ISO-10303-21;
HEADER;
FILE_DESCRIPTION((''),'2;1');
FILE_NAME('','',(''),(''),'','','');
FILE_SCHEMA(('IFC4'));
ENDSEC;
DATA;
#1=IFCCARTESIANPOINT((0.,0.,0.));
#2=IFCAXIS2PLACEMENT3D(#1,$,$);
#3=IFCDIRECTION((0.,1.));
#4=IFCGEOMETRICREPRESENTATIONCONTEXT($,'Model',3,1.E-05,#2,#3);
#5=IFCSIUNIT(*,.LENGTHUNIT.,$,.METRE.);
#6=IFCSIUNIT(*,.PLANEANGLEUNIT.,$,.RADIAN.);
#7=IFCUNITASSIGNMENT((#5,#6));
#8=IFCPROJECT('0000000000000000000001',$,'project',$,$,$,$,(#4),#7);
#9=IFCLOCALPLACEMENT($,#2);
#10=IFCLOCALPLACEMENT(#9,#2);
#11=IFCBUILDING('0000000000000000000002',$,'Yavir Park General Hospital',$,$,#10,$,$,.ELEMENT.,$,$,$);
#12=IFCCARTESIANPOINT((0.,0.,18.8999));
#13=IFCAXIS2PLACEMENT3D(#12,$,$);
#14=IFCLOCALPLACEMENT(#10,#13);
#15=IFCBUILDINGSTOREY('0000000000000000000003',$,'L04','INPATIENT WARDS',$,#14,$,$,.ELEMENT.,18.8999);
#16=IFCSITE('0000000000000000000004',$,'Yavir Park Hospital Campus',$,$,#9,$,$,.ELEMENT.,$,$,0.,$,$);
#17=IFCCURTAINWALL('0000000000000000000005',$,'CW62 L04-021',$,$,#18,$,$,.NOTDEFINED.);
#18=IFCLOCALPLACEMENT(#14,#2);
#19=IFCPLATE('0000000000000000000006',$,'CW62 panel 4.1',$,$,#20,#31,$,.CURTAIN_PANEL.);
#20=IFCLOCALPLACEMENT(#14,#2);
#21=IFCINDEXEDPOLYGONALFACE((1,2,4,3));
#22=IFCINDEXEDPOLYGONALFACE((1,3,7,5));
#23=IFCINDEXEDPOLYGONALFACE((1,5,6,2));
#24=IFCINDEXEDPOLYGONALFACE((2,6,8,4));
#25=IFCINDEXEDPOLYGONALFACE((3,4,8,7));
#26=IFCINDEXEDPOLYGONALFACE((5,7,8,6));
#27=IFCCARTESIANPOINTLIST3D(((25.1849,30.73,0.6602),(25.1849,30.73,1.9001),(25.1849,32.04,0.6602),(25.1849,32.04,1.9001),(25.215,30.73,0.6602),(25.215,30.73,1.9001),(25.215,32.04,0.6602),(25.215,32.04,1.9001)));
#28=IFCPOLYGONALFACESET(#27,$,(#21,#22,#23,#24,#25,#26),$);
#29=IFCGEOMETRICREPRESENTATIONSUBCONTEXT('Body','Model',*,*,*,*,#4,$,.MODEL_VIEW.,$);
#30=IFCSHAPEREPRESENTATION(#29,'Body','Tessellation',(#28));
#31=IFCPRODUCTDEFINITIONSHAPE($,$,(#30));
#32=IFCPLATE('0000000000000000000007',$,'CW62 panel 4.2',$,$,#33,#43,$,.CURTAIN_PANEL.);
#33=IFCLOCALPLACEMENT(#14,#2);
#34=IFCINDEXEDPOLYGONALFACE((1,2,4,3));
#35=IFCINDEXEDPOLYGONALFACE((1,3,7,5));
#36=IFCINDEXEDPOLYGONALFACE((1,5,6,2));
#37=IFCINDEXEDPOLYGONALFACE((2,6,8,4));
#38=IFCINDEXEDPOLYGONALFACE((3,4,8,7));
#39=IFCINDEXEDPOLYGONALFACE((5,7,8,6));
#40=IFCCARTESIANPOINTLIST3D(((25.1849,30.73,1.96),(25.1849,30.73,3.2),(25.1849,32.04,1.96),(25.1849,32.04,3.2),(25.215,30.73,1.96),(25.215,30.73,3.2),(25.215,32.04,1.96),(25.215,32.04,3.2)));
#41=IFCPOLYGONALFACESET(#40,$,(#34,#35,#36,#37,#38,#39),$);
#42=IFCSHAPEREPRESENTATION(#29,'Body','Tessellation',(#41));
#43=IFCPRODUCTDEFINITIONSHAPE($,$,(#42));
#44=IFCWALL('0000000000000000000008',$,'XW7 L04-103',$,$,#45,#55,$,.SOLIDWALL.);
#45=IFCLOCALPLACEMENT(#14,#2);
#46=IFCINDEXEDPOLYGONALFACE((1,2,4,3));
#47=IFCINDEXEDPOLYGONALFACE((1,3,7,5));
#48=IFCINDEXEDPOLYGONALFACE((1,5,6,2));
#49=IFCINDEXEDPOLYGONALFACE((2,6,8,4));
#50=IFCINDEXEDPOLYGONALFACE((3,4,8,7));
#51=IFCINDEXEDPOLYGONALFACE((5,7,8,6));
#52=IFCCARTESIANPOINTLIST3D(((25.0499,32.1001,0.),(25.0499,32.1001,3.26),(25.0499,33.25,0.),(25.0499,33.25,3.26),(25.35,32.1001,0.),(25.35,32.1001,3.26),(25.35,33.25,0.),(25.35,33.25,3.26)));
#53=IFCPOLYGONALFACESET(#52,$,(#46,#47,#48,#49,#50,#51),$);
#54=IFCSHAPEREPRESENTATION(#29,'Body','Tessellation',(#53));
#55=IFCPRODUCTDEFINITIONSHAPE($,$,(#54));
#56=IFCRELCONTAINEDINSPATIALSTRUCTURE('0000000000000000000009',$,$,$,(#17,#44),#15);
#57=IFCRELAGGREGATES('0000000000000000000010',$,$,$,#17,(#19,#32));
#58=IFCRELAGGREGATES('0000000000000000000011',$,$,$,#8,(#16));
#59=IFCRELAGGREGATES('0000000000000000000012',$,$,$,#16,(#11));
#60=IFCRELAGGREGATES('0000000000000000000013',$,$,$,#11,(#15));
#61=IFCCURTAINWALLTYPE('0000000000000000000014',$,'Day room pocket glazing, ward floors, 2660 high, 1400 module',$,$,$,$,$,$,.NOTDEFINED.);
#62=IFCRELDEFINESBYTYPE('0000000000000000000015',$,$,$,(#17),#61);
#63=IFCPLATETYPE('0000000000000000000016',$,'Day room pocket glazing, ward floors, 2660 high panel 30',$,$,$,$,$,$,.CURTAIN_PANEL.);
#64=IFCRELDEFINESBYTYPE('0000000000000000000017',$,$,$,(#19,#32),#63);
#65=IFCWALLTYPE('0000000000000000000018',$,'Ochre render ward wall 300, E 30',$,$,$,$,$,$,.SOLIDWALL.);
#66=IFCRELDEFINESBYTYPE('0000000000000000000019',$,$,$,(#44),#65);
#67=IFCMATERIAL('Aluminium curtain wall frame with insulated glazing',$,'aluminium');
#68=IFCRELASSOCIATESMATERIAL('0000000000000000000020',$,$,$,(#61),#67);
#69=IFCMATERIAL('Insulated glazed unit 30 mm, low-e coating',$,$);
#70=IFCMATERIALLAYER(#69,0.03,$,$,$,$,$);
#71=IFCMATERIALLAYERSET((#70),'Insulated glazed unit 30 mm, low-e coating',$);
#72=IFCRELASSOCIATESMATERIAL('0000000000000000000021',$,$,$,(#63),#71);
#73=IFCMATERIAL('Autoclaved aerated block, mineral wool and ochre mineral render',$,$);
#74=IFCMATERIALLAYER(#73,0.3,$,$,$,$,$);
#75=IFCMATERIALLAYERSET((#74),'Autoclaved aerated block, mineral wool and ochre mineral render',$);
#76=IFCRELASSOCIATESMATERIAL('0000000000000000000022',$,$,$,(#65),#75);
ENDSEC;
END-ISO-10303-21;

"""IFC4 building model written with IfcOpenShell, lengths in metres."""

from ifc_helpers import new_model, si_unit, direction, frame, frame_2d, origin, origin_2d, place, context, subcontext, project, spatial, rectangle, extrude, material, layer, layer_set, type_object, element, aggregate, save


model = new_model("IFC4")

# Units and contexts
model_context = context("Model", 3, precision=1e-05, world=origin(), true_north=direction((0.0, 1.0)))
body_context = subcontext(model_context, "Body", "Model", "MODEL_VIEW")
ifc_project = project(units=[si_unit("LENGTHUNIT", "METRE"), si_unit("PLANEANGLEUNIT", "RADIAN")], contexts=[model_context])

# Site, building, storey
site_placement = place(None, origin())
site = spatial("IfcSite", under=ifc_project, at=site_placement, Name="Yavir Park Hospital Campus", CompositionType="ELEMENT", RefElevation=0.0)
building_placement = place(site_placement, origin())
building = spatial("IfcBuilding", under=site, at=building_placement, Name="Yavir Park General Hospital", CompositionType="ELEMENT")
storey_placement = place(building_placement, frame((0.0, 0.0, 18.8999)))
storey = spatial("IfcBuildingStorey", under=building, at=storey_placement, Name="L04", Description="INPATIENT WARDS", CompositionType="ELEMENT", Elevation=18.8999)

# Curtain wall, plates
ifc_material_1 = material(Name="Aluminium curtain wall frame with insulated glazing", Category="aluminium")
curtain_wall_type = type_object("IfcCurtainWallType", Name="Day room pocket glazing, ward floors, 2660 high, 1400 module", PredefinedType="NOTDEFINED", material=ifc_material_1)
curtain_wall_placement = place(storey_placement, origin())
curtain_wall = element("IfcCurtainWall", 1, at=curtain_wall_placement, inside=storey, type_object=curtain_wall_type, Name="CW62 L04-021", PredefinedType="NOTDEFINED")
ifc_material_2 = material(Name="Insulated glazed unit 30 mm, low-e coating")
ifc_layer_1 = layer(ifc_material_2, 0.03)
ifc_layer_set_1 = layer_set([ifc_layer_1], Name="Insulated glazed unit 30 mm, low-e coating")
plate_type = type_object("IfcPlateType", Name="Day room pocket glazing, ward floors, 2660 high panel 30", PredefinedType="CURTAIN_PANEL", material=ifc_layer_set_1)
plate_1_placement = place(storey_placement, frame((25.2, 31.385, 0.6602), z_axis=(0.0, 0.0, 1.0), x_axis=(0.0, 1.0, 0.0)))
plate_1 = element("IfcPlate", 2, at=plate_1_placement, type_object=plate_type, Name="CW62 panel 4.1", PredefinedType="CURTAIN_PANEL", context=body_context, shape_type="SweptSolid", body=[
    extrude(rectangle(XDim=1.3101, YDim=0.03, at=origin_2d()), origin(), (0.0, 0.0, 1.0), 1.24),
])
plate_2_placement = place(storey_placement, frame((25.2, 31.385, 1.96), z_axis=(0.0, 0.0, 1.0), x_axis=(0.0, 1.0, 0.0)))
plate_2 = element("IfcPlate", 3, at=plate_2_placement, type_object=plate_type, Name="CW62 panel 4.2", PredefinedType="CURTAIN_PANEL", context=body_context, shape_type="SweptSolid", body=[
    extrude(rectangle(XDim=1.3101, YDim=0.03, at=origin_2d()), origin(), (0.0, 0.0, 1.0), 1.24),
])
aggregate(curtain_wall, [plate_1, plate_2])

# Wall
ifc_material_3 = material(Name="Autoclaved aerated block, mineral wool and ochre mineral render")
ifc_layer_2 = layer(ifc_material_3, 0.3)
ifc_layer_set_2 = layer_set([ifc_layer_2], Name="Autoclaved aerated block, mineral wool and ochre mineral render")
wall_type = type_object("IfcWallType", Name="Ochre render ward wall 300, E 30", PredefinedType="SOLIDWALL", material=ifc_layer_set_2)
wall_placement = place(storey_placement, frame((25.2, 32.1001, 0.0), z_axis=(0.0, 0.0, 1.0), x_axis=(0.0, 1.0, 0.0)))
element("IfcWall", 4, at=wall_placement, inside=storey, type_object=wall_type, Name="XW7 L04-103", PredefinedType="SOLIDWALL", context=body_context, shape_type="SweptSolid", body=[
    extrude(rectangle(XDim=1.1499, YDim=0.3, at=frame_2d((0.575, 0.0))), origin(), (0.0, 0.0, 1.0), 3.26),
])

save(model, "model.ifc")
